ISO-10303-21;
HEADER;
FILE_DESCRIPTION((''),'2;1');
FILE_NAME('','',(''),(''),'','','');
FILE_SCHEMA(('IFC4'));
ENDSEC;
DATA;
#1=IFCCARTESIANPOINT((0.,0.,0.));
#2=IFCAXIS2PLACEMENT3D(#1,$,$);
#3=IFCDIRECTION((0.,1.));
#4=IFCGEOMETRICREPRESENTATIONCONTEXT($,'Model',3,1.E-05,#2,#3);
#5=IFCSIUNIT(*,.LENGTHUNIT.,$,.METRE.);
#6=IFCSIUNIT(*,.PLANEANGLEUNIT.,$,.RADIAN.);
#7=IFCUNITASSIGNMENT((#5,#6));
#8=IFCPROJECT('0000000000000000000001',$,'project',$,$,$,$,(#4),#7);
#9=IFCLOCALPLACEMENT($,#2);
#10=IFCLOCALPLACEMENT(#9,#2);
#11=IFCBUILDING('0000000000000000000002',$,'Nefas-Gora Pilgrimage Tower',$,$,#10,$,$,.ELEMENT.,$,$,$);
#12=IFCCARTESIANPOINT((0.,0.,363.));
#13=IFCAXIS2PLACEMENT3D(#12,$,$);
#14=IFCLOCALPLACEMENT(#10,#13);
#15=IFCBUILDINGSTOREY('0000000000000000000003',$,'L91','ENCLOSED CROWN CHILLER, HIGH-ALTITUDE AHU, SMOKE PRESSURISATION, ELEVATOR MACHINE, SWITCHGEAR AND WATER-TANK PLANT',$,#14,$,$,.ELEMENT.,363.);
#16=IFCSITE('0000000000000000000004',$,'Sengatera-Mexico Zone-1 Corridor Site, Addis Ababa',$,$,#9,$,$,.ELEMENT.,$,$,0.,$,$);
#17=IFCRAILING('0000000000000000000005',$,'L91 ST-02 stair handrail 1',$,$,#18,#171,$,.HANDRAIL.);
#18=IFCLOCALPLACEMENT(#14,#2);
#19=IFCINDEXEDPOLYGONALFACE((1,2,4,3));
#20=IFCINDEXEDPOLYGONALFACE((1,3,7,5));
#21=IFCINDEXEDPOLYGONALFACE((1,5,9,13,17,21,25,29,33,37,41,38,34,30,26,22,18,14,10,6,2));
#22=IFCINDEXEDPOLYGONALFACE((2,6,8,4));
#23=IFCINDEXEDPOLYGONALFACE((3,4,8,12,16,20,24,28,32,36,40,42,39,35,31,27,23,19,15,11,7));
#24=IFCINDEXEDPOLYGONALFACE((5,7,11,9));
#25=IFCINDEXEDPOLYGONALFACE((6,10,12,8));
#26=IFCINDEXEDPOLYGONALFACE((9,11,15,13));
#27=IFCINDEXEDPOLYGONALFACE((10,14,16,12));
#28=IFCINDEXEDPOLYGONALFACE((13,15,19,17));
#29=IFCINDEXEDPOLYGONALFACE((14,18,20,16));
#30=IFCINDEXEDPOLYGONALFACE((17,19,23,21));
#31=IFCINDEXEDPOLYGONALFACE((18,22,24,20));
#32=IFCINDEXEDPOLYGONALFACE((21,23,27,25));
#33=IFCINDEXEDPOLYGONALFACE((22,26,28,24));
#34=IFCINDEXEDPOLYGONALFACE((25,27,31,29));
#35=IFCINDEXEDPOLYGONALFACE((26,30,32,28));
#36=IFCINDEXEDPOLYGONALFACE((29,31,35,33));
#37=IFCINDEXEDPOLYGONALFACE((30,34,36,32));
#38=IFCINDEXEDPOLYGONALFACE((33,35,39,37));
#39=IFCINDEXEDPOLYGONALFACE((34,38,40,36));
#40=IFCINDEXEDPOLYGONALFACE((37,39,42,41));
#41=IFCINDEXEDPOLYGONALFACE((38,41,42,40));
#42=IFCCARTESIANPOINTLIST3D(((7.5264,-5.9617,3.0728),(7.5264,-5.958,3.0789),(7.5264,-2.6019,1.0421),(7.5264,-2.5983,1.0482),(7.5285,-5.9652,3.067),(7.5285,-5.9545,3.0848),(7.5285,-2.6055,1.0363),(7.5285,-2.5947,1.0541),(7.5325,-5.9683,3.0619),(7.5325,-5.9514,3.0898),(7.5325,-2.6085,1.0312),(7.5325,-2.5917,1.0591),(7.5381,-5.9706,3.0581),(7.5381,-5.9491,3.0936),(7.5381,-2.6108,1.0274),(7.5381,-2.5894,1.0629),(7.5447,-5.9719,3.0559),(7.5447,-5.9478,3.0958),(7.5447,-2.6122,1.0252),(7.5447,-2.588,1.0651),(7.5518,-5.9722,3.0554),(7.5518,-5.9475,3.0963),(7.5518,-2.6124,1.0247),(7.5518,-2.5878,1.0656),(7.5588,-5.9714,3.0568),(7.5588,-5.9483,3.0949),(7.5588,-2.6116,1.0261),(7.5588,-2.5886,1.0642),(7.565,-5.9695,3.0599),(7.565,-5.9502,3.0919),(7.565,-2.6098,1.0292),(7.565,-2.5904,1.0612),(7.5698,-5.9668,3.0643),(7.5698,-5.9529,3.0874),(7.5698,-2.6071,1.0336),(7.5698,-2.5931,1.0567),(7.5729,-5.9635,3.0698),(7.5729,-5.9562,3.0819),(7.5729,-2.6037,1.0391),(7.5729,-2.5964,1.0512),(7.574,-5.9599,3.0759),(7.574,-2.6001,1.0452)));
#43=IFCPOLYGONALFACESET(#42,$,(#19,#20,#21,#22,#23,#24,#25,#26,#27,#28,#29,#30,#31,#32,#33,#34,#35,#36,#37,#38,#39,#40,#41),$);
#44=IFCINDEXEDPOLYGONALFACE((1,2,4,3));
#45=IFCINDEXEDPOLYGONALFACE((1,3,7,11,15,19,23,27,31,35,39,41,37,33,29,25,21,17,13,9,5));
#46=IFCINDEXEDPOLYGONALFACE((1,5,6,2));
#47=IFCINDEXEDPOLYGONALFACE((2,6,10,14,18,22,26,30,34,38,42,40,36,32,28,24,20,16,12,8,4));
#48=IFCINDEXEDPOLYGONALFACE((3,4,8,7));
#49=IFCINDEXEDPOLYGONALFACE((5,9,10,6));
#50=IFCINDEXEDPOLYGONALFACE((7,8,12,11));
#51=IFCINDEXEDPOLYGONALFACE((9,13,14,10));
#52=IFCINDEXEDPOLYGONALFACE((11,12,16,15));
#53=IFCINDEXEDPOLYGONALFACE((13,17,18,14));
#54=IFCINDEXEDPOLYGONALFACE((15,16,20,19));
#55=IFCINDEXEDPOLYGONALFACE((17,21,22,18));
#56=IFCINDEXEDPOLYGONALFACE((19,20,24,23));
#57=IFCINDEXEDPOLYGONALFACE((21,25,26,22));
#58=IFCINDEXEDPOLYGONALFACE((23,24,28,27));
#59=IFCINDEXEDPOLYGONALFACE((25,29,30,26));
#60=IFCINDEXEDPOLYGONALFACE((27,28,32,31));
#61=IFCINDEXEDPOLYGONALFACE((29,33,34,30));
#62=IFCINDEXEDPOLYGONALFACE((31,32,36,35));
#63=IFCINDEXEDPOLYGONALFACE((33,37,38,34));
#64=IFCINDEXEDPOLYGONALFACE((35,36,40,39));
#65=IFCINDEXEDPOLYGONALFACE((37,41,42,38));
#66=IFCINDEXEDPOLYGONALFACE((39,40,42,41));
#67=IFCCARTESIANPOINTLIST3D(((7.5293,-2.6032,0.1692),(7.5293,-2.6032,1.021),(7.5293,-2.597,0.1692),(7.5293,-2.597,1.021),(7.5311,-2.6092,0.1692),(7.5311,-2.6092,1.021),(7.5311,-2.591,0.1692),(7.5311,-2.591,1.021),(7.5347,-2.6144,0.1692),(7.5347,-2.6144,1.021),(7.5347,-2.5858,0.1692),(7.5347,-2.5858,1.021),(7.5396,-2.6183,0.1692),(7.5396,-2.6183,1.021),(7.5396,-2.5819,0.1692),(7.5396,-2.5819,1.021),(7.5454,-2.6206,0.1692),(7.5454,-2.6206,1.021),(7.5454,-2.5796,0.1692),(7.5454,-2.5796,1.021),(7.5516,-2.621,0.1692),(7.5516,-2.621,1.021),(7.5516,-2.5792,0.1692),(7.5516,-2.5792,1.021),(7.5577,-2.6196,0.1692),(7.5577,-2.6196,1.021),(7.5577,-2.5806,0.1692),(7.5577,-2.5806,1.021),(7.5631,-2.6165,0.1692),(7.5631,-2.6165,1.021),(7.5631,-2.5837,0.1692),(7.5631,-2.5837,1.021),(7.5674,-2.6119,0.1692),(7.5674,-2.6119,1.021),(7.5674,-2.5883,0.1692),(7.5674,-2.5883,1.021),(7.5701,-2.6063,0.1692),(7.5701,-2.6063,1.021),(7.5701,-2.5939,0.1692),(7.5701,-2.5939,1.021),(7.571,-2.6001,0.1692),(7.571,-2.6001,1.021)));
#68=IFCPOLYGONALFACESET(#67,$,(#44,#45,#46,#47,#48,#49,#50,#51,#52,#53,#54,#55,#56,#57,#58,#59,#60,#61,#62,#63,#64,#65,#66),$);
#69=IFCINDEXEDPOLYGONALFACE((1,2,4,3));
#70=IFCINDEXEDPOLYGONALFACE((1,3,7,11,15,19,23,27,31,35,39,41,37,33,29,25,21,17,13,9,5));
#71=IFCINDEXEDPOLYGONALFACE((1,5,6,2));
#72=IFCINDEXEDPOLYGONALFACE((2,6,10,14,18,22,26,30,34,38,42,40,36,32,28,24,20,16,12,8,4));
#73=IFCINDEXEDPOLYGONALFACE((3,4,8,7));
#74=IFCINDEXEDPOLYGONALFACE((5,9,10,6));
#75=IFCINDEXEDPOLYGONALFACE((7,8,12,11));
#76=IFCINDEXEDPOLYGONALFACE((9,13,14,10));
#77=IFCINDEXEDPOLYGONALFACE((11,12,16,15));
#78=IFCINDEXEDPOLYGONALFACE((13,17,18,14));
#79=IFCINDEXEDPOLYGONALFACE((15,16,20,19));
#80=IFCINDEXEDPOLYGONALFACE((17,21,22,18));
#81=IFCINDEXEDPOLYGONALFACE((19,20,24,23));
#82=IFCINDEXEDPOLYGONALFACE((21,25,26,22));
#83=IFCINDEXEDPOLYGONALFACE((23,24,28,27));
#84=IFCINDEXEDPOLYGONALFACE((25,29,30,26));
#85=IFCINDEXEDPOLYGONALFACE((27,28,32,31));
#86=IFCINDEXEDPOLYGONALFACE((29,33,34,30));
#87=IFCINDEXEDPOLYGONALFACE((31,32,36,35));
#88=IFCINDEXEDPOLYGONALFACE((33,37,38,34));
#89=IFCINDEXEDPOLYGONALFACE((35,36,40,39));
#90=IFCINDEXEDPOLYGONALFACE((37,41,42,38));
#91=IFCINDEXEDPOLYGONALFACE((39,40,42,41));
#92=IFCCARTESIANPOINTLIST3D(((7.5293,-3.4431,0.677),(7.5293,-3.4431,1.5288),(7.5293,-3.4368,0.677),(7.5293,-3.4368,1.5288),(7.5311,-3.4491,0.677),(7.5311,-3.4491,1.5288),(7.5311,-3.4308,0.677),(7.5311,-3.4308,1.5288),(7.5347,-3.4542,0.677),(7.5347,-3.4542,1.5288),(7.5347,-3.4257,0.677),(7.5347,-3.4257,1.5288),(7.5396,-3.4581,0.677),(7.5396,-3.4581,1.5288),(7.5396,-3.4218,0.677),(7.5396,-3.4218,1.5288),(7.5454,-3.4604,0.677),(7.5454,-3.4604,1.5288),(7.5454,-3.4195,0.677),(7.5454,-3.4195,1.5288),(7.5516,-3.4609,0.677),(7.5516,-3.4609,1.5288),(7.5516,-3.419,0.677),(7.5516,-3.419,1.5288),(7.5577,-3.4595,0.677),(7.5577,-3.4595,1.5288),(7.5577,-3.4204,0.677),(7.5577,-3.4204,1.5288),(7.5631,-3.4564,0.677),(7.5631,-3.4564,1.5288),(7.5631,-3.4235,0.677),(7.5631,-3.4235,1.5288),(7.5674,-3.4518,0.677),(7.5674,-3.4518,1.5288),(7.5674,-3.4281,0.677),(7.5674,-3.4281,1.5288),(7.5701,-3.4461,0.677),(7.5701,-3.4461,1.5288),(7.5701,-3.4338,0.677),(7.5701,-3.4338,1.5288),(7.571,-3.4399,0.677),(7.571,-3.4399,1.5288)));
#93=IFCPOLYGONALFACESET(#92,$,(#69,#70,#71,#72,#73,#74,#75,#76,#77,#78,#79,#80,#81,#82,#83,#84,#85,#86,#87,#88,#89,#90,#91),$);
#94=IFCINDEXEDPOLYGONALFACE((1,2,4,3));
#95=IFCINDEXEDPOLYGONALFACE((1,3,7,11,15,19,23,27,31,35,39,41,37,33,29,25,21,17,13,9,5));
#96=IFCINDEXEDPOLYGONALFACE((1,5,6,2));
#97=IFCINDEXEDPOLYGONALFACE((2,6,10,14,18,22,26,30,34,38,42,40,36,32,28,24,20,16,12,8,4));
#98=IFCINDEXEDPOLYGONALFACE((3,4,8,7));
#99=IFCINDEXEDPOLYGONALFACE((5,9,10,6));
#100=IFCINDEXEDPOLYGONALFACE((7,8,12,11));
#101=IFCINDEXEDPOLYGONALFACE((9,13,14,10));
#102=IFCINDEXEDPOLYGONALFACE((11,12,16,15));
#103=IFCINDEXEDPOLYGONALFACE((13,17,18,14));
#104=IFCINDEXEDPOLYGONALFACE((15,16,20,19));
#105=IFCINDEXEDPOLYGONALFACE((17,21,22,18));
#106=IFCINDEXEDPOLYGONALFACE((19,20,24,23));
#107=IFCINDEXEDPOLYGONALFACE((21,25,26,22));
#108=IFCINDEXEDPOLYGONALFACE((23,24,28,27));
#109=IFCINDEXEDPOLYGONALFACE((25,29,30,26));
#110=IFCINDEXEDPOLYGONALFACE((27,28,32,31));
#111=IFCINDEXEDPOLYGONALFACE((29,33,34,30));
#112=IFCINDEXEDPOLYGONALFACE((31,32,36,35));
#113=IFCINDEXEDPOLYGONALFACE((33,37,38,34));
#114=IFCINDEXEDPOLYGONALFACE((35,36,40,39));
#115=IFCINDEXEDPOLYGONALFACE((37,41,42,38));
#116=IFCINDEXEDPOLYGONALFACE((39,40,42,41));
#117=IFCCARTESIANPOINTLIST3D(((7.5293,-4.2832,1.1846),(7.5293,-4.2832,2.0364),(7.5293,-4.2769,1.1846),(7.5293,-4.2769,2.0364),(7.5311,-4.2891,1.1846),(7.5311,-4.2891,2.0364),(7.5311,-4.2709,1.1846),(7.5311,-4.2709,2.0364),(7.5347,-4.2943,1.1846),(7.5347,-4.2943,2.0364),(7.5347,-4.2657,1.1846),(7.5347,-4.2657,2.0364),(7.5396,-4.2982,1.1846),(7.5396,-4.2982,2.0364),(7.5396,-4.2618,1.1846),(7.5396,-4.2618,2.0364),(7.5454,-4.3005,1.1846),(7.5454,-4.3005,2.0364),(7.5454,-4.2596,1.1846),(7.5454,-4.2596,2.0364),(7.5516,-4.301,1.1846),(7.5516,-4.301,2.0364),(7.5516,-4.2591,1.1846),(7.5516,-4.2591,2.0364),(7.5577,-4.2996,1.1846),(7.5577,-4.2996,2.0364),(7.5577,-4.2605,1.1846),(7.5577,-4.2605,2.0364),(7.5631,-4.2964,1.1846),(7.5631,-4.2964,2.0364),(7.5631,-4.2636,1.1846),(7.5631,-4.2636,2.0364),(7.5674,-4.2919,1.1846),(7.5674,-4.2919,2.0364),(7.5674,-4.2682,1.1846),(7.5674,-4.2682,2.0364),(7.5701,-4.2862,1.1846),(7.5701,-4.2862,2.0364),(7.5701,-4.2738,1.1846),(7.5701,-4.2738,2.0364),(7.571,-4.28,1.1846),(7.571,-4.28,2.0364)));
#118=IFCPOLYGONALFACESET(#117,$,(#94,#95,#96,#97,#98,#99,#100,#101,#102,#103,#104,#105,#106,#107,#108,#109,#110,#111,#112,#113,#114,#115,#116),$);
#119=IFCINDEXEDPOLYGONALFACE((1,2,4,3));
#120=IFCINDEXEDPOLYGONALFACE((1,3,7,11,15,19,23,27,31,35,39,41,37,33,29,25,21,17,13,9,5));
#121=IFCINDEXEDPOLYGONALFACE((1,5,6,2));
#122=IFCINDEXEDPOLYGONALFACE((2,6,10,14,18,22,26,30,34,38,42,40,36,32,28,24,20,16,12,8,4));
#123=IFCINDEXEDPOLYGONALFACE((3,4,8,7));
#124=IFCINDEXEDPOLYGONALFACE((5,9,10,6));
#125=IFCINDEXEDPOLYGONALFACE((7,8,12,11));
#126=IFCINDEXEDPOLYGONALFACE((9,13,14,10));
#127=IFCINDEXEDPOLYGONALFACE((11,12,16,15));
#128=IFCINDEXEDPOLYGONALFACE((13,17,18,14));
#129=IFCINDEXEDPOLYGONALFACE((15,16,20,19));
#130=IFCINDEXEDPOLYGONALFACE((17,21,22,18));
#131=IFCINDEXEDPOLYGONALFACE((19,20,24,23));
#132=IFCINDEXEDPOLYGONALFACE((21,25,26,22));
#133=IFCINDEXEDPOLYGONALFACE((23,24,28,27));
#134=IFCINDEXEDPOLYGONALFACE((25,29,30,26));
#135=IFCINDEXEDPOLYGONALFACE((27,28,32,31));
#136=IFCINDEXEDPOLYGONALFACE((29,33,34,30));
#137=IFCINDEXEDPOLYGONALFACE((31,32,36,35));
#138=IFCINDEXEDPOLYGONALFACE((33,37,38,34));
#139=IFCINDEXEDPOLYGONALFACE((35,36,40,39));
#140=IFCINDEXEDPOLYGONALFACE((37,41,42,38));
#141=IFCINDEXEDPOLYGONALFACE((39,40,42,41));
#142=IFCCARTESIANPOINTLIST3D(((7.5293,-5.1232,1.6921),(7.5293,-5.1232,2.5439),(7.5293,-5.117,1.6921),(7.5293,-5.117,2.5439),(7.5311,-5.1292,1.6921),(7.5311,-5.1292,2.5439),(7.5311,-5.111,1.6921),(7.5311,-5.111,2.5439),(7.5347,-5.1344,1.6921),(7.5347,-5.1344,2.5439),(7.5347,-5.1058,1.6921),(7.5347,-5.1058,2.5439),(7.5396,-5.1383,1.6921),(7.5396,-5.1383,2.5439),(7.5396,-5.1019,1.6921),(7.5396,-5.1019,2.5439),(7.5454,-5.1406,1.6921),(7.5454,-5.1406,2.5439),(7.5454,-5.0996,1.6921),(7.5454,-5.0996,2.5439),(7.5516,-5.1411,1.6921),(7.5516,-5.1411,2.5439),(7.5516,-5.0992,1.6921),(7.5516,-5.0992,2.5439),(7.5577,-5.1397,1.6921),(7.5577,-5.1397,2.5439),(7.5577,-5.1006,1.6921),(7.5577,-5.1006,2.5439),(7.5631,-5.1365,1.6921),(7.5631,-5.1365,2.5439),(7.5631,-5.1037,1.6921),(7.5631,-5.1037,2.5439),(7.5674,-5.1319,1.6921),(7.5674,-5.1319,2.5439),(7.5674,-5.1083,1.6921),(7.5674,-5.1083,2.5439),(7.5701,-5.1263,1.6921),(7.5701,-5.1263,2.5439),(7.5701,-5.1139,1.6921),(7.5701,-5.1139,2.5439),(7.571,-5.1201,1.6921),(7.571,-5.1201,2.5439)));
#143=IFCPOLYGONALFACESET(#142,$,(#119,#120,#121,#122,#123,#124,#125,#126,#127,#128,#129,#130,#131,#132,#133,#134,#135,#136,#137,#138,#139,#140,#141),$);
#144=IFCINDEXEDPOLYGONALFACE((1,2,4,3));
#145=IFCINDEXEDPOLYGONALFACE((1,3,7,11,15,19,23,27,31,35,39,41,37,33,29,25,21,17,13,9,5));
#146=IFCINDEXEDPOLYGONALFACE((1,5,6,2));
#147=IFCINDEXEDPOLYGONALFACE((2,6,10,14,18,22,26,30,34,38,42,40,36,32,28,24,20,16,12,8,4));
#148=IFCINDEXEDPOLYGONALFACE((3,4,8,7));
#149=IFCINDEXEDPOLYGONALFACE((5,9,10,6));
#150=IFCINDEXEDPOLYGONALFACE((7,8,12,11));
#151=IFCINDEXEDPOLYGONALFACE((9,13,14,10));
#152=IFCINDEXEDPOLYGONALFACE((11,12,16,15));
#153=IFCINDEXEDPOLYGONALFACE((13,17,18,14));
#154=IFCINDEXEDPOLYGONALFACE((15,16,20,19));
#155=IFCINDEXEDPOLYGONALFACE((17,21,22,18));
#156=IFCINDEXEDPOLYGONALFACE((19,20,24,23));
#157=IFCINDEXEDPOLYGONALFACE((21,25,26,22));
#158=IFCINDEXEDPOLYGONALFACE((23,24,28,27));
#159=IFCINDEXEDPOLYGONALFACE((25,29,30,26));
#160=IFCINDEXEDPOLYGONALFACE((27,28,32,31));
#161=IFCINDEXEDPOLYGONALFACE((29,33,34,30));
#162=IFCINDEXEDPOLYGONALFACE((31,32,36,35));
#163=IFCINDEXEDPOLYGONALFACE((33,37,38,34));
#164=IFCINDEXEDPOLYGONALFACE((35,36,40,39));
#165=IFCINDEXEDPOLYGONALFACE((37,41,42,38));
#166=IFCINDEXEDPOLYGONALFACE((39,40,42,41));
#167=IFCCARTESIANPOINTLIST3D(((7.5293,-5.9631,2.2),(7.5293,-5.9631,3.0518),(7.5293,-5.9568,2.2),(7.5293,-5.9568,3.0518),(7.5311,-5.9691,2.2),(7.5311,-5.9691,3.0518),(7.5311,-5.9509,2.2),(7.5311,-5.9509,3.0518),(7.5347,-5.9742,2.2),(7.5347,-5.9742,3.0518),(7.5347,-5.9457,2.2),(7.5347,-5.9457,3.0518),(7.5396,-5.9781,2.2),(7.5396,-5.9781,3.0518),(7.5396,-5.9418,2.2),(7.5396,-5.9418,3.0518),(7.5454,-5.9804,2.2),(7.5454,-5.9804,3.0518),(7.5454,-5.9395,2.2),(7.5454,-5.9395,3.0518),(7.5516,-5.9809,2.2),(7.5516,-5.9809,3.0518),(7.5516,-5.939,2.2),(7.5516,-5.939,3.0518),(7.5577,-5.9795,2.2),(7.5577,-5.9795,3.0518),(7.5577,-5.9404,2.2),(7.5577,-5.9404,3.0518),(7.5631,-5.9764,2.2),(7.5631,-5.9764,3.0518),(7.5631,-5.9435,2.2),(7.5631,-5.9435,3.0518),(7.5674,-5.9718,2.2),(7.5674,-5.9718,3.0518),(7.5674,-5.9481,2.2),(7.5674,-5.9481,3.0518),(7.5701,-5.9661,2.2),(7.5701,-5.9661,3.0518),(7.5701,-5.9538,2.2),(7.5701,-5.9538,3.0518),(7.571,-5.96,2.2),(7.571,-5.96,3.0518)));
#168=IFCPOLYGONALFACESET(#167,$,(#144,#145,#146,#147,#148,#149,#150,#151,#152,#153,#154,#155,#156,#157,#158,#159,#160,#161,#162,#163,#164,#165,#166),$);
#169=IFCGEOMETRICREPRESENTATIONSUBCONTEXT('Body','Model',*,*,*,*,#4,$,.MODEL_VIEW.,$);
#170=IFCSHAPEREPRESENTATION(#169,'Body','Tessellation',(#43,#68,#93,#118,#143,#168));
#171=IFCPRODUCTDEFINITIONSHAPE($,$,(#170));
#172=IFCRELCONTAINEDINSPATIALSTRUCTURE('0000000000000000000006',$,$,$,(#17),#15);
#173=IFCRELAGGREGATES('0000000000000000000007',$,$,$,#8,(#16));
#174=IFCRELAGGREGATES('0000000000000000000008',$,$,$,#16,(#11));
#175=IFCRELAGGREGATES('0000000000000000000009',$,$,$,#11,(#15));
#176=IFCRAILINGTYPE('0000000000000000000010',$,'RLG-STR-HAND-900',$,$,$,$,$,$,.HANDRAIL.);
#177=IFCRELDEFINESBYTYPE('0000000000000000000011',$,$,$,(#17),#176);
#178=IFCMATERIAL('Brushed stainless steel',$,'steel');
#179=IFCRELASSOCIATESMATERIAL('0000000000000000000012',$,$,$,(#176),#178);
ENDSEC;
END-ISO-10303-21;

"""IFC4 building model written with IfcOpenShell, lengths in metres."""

from ifc_helpers import new_model, si_unit, direction, frame, origin, origin_2d, place, context, subcontext, project, spatial, circle, extrude, material, type_object, element, save


model = new_model("IFC4")

# Units and contexts
model_context = context("Model", 3, precision=1e-05, world=origin(), true_north=direction((0.0, 1.0)))
body_context = subcontext(model_context, "Body", "Model", "MODEL_VIEW")
ifc_project = project(units=[si_unit("LENGTHUNIT", "METRE"), si_unit("PLANEANGLEUNIT", "RADIAN")], contexts=[model_context])

# Site, building, storey
site_placement = place(None, origin())
site = spatial("IfcSite", under=ifc_project, at=site_placement, Name="Sengatera-Mexico Zone-1 Corridor Site, Addis Ababa", CompositionType="ELEMENT", RefElevation=0.0)
building_placement = place(site_placement, origin())
building = spatial("IfcBuilding", under=site, at=building_placement, Name="Nefas-Gora Pilgrimage Tower", CompositionType="ELEMENT")
storey_placement = place(building_placement, frame((0.0, 0.0, 363.0)))
storey = spatial("IfcBuildingStorey", under=building, at=storey_placement, Name="L91", Description="ENCLOSED CROWN CHILLER, HIGH-ALTITUDE AHU, SMOKE PRESSURISATION, ELEVATOR MACHINE, SWITCHGEAR AND WATER-TANK PLANT", CompositionType="ELEMENT", Elevation=363.0)

# Railing
ifc_material_1 = material(Name="Brushed stainless steel", Category="steel")
railing_type_1 = type_object("IfcRailingType", Name="RLG-STR-HAND-900", PredefinedType="HANDRAIL", material=ifc_material_1)
railing_1_placement = place(storey_placement, frame((7.55, -2.6001, 0.1692)))
element("IfcRailing", 1, at=railing_1_placement, inside=storey, type_object=railing_type_1, Name="L91 ST-02 stair handrail 1", PredefinedType="HANDRAIL", context=body_context, shape_type="SweptSolid", body=[
    extrude(circle(Radius=0.0239, at=origin_2d()), frame((0.0, 0.0, 0.876), z_axis=(0.0, -0.85582, 0.517273), x_axis=(1.0, 0.0, 0.0)), (0.0, 0.0, 1.0), 3.9258),
    extrude(circle(Radius=0.021, at=origin_2d()), origin(), (0.0, 0.0, 1.0), 0.8518),
    extrude(circle(Radius=0.021, at=origin_2d()), frame((0.0, -0.8398, 0.5078)), (0.0, 0.0, 1.0), 0.8518),
    extrude(circle(Radius=0.021, at=origin_2d()), frame((0.0, -1.6799, 1.0154)), (0.0, 0.0, 1.0), 0.8518),
    extrude(circle(Radius=0.021, at=origin_2d()), frame((0.0, -2.52, 1.5229)), (0.0, 0.0, 1.0), 0.8518),
    extrude(circle(Radius=0.021, at=origin_2d()), frame((0.0, -3.3599, 2.0308)), (0.0, 0.0, 1.0), 0.8518),
])

save(model, "model.ifc")
